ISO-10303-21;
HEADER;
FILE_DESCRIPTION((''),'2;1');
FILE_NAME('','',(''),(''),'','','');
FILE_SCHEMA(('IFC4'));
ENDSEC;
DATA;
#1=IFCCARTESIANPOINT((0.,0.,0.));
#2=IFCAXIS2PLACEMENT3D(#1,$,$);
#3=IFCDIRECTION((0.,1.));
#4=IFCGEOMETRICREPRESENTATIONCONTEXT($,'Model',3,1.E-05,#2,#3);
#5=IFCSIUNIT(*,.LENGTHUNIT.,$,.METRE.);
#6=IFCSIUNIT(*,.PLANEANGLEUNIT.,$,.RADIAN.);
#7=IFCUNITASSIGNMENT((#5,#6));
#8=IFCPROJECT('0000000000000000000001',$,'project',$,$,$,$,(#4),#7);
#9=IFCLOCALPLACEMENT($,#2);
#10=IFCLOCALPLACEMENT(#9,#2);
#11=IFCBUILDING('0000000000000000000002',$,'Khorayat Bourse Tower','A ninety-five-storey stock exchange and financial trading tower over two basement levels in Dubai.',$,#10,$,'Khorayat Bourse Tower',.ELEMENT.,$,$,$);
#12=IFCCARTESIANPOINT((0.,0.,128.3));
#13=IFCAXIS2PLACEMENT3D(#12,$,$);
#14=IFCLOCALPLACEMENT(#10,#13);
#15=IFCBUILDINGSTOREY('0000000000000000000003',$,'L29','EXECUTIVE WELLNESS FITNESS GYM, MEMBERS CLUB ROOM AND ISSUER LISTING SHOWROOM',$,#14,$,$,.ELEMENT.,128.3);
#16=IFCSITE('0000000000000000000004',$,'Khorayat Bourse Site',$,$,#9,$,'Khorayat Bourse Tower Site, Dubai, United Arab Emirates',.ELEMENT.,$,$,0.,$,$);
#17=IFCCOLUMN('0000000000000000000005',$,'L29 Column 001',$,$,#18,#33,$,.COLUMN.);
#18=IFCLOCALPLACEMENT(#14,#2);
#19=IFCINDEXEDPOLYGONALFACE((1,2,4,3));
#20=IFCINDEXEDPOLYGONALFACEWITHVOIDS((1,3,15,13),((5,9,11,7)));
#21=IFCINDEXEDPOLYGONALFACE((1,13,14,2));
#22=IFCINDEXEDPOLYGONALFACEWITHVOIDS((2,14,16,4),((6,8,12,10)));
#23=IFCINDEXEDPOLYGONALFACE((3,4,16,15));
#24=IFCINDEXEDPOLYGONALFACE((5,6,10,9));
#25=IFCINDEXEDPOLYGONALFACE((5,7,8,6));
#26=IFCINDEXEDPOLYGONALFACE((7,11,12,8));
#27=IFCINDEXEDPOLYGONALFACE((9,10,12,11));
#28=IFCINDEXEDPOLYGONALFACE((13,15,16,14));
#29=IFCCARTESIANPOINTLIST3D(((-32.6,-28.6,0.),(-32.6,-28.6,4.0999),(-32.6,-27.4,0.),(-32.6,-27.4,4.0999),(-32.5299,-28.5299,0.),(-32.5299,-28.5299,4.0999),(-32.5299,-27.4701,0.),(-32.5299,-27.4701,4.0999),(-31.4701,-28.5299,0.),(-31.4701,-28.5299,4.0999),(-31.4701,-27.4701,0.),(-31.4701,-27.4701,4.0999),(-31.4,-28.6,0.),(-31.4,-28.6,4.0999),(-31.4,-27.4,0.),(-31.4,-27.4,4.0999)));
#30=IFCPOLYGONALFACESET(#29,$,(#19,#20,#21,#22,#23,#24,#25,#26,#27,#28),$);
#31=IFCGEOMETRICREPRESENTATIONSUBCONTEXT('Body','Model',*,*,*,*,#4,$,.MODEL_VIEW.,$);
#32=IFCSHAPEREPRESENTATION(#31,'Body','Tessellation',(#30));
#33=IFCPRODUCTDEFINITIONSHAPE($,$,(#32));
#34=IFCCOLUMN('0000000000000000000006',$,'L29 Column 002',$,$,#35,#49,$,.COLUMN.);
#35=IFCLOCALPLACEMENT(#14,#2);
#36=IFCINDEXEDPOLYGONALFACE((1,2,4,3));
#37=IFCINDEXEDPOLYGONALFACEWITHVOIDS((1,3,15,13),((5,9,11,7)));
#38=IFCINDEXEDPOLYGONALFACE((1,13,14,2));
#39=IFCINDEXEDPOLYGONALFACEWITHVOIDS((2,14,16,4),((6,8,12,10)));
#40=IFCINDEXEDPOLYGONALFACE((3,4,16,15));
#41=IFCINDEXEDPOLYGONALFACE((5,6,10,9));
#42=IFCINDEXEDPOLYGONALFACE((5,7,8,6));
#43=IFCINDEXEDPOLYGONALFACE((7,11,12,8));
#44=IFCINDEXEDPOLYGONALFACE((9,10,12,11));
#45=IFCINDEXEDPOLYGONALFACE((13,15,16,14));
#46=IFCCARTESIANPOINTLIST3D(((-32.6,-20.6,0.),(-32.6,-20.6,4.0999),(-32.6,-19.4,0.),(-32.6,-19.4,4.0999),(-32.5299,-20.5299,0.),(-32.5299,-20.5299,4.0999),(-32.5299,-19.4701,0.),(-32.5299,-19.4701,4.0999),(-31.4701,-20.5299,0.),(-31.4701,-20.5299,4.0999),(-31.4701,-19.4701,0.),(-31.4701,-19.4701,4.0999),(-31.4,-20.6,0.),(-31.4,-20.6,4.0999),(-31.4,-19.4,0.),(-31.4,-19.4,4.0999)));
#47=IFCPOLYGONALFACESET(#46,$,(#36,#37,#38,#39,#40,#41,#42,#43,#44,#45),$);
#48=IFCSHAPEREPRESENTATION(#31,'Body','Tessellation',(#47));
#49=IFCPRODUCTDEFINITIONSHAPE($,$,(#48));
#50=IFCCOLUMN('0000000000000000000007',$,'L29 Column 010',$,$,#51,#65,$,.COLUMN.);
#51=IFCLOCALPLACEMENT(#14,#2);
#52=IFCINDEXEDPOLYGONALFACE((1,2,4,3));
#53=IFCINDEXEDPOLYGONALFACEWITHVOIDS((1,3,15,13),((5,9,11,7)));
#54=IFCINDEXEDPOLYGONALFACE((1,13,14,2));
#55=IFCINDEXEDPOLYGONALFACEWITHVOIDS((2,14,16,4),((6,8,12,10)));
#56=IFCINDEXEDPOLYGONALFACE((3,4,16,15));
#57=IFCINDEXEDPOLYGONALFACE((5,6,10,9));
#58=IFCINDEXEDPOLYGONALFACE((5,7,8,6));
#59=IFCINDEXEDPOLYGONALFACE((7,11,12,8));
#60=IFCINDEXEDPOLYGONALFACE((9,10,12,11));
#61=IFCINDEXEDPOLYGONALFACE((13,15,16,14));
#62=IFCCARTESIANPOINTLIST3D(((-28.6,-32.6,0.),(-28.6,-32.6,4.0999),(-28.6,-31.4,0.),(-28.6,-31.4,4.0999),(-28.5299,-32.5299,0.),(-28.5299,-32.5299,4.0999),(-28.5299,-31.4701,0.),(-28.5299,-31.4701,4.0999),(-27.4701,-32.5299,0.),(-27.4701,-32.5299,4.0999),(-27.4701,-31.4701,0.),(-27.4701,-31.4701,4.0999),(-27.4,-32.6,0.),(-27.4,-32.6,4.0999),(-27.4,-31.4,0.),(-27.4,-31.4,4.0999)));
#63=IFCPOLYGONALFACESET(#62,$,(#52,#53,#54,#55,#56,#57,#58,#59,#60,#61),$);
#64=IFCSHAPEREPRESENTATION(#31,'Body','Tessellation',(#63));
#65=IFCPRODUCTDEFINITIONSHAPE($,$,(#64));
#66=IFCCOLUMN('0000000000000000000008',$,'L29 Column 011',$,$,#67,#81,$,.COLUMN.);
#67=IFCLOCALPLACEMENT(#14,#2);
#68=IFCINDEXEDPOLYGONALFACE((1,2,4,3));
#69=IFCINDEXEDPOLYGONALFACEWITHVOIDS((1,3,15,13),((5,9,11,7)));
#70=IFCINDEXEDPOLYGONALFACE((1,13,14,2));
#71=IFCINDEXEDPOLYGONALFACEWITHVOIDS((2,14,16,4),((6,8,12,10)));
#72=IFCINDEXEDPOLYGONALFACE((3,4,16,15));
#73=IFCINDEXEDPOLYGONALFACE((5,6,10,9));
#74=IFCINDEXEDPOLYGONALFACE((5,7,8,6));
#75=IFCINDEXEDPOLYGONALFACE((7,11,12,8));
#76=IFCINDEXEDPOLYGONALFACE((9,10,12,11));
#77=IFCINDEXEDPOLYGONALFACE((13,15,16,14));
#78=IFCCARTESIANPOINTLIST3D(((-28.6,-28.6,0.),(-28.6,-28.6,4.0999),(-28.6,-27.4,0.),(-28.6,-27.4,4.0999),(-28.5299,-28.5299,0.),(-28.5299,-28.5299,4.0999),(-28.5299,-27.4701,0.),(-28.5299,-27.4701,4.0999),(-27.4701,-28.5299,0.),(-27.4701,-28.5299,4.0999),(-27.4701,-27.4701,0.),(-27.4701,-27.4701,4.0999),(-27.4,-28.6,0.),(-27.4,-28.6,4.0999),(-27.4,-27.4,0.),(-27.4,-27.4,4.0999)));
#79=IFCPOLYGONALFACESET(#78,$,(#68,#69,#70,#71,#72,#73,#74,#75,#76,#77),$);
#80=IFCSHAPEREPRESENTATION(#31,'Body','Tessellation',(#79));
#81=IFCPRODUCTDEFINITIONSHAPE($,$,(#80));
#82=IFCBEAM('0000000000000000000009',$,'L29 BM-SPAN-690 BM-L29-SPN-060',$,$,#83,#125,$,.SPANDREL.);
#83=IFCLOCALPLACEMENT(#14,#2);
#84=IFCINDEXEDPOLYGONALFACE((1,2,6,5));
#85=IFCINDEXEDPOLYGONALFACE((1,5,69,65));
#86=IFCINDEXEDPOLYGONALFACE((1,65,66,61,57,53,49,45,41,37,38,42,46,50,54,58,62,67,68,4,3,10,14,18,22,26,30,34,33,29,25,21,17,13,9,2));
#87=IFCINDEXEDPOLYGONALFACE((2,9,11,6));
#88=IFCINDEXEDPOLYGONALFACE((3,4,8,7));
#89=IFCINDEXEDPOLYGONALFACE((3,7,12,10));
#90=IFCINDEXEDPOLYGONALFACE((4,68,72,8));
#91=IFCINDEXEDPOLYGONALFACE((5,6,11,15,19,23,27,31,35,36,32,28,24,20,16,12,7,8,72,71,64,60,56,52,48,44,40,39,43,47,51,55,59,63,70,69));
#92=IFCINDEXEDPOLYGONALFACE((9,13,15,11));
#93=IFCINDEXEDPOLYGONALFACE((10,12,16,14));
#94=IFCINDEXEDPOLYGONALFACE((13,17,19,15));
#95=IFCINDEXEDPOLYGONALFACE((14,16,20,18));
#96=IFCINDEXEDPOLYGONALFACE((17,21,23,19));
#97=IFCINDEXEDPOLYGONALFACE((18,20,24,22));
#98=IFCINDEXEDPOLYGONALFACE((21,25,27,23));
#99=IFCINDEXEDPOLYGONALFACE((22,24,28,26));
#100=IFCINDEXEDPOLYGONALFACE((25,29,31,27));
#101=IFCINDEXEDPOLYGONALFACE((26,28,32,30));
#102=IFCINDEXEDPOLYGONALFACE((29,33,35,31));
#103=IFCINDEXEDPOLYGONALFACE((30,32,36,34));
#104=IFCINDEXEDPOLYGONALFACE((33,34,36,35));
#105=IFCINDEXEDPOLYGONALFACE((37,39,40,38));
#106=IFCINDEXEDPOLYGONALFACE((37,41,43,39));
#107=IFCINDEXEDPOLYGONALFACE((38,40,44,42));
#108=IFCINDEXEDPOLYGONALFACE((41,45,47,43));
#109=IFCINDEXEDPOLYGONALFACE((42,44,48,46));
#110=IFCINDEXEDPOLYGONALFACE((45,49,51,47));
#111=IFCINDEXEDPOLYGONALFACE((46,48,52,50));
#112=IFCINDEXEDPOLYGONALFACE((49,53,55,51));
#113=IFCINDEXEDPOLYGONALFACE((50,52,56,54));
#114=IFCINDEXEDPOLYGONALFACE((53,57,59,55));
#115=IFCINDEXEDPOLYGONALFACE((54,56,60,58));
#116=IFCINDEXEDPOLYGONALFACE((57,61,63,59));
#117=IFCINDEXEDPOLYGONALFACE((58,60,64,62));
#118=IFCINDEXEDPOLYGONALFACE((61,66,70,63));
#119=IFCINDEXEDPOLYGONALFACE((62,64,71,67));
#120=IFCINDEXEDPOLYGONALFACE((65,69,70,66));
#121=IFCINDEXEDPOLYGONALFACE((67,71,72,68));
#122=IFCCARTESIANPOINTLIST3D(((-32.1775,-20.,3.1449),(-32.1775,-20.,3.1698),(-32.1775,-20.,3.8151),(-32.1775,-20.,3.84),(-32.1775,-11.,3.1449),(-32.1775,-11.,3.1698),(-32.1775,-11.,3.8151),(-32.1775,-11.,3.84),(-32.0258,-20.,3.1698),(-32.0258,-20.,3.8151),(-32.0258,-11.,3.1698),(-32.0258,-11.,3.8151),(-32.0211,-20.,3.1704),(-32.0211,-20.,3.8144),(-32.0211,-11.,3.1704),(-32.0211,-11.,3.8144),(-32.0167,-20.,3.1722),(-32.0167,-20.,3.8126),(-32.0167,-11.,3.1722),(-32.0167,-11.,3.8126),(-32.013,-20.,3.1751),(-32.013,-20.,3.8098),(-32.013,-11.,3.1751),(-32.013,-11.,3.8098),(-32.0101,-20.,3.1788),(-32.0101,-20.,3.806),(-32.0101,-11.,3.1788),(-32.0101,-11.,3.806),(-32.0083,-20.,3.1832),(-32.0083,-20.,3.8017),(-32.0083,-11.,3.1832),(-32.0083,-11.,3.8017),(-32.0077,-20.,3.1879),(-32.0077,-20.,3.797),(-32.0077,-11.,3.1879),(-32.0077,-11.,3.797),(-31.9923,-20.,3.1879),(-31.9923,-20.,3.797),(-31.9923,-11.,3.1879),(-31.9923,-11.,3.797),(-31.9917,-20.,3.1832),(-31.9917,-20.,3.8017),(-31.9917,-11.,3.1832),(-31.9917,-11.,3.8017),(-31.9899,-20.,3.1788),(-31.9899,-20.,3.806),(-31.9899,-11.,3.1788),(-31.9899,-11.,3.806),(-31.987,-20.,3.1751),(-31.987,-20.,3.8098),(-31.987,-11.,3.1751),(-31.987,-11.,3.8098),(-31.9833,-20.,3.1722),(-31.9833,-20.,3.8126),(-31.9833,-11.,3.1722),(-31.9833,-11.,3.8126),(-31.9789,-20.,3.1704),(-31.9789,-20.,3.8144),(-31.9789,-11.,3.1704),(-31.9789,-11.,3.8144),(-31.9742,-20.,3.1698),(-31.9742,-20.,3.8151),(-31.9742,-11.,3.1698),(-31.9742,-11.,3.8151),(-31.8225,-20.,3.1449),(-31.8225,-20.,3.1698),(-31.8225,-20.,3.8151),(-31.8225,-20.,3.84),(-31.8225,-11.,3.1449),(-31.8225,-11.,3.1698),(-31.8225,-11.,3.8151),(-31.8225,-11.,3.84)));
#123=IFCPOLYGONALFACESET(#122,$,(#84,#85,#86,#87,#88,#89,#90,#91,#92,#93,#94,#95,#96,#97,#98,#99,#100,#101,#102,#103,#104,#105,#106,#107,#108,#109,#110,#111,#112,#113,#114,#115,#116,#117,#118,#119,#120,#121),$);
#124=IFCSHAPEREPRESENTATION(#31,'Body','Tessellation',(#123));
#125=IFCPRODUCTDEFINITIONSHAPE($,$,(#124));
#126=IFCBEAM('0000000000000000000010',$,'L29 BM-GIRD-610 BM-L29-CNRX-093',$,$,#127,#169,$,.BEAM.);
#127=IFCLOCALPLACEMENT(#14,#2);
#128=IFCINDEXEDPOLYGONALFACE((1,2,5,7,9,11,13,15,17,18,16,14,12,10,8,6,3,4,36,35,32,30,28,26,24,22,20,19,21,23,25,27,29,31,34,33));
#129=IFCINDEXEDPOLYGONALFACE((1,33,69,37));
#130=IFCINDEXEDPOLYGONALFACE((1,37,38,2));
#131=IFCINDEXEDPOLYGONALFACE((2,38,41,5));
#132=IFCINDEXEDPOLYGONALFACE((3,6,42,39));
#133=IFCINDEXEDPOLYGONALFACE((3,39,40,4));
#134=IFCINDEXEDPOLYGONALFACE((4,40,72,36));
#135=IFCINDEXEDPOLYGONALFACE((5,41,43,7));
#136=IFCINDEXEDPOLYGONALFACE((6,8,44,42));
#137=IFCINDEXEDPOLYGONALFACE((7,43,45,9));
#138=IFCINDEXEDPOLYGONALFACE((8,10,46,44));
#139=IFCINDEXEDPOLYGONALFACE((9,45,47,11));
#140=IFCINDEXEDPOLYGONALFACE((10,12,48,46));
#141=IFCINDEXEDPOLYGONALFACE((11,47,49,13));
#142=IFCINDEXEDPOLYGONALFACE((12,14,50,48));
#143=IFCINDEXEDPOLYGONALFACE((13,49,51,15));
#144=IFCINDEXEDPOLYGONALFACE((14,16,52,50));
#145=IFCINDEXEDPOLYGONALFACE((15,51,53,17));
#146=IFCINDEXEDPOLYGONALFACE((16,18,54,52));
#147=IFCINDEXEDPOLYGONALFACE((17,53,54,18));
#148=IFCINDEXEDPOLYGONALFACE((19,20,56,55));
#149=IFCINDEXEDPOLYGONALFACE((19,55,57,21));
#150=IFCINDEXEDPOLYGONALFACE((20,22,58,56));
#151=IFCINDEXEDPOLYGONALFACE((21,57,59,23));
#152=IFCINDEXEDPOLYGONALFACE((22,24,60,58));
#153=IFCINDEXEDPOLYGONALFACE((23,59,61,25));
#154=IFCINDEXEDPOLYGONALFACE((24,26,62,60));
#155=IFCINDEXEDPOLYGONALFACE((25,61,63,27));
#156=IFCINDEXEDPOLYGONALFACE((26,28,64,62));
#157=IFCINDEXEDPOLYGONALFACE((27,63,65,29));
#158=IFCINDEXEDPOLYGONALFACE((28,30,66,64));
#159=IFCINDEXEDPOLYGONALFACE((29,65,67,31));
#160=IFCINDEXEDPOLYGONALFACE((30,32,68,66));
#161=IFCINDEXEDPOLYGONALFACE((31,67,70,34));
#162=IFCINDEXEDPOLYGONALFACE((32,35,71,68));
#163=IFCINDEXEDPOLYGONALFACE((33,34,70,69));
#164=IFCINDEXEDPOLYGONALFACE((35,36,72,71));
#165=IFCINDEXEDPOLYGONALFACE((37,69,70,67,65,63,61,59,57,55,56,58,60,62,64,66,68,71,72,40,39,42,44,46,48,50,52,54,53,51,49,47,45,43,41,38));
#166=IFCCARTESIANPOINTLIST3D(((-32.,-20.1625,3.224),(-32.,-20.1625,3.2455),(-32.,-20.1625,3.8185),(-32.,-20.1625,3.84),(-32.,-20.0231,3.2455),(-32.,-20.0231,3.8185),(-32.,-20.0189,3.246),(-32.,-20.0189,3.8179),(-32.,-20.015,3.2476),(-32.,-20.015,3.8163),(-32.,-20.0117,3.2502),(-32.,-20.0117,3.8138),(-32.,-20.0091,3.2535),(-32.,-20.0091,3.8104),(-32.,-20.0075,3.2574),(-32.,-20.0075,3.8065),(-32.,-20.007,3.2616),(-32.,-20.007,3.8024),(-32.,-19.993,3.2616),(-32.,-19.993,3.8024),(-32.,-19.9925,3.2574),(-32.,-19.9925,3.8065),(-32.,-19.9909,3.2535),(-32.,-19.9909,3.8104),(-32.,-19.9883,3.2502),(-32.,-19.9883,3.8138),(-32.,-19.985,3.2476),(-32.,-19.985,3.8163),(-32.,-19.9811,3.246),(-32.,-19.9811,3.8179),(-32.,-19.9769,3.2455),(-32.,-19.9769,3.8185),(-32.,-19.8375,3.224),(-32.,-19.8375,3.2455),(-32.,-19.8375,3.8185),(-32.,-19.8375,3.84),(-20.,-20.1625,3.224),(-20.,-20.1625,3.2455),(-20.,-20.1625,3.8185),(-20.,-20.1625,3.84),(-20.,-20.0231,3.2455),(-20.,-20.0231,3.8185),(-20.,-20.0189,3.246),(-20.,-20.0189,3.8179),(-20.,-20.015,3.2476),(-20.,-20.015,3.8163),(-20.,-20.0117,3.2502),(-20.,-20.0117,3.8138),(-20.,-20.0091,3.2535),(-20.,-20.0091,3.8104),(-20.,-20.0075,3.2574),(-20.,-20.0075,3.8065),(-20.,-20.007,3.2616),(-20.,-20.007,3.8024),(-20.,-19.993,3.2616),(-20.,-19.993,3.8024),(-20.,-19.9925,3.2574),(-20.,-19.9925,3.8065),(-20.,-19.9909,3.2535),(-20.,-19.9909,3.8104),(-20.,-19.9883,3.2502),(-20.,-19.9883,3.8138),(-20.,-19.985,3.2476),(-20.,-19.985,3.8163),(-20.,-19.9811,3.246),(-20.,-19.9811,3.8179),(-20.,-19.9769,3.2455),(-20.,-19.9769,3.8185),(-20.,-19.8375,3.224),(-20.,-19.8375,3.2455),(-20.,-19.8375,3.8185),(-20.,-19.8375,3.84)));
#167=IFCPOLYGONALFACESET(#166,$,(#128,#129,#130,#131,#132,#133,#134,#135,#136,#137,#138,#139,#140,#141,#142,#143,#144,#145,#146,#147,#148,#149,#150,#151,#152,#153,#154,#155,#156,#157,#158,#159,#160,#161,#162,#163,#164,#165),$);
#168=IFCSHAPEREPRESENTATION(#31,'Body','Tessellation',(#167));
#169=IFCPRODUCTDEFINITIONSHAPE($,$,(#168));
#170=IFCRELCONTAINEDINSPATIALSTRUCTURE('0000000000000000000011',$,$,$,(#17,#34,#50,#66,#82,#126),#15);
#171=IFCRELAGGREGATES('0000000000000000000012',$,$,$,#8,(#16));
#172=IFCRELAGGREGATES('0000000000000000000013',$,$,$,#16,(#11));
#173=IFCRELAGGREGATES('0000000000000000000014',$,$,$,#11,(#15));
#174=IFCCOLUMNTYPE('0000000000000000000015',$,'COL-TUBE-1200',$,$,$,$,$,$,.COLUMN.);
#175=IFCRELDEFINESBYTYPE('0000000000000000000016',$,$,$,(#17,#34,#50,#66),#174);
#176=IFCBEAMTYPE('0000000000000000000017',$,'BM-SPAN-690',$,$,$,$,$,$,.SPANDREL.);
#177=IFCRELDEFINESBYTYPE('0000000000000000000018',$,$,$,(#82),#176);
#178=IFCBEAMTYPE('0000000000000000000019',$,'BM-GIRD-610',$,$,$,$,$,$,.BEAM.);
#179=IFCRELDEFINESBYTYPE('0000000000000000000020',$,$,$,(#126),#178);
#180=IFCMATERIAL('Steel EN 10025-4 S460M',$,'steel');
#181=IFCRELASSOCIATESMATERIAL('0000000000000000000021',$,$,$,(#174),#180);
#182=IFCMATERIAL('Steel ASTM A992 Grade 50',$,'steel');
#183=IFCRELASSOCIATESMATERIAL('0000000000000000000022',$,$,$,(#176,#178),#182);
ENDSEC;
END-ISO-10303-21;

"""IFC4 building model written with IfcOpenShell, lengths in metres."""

from ifc_helpers import new_model, si_unit, direction, frame, origin, origin_2d, place, context, subcontext, project, spatial, hollow_rectangle, i_section, extrude, source, transform, mapped, material, material_profile, profile_set, type_object, element, save


model = new_model("IFC4")

# Units and contexts
model_context = context("Model", 3, precision=1e-05, world=origin(), true_north=direction((0.0, 1.0)))
body_context = subcontext(model_context, "Body", "Model", "MODEL_VIEW")
ifc_project = project(units=[si_unit("LENGTHUNIT", "METRE"), si_unit("PLANEANGLEUNIT", "RADIAN")], contexts=[model_context])

# Site, building, storey
site_placement = place(None, origin())
site = spatial("IfcSite", under=ifc_project, at=site_placement, Name="Khorayat Bourse Site", LongName="Khorayat Bourse Tower Site, Dubai, United Arab Emirates", CompositionType="ELEMENT", RefElevation=0.0)
building_placement = place(site_placement, origin())
building = spatial("IfcBuilding", under=site, at=building_placement, Name="Khorayat Bourse Tower", Description="A ninety-five-storey stock exchange and financial trading tower over two basement levels in Dubai.", LongName="Khorayat Bourse Tower", CompositionType="ELEMENT")
storey_placement = place(building_placement, frame((0.0, 0.0, 128.3)))
storey = spatial("IfcBuildingStorey", under=building, at=storey_placement, Name="L29", Description="EXECUTIVE WELLNESS FITNESS GYM, MEMBERS CLUB ROOM AND ISSUER LISTING SHOWROOM", CompositionType="ELEMENT", Elevation=128.3)

# Columns
ifc_material_1 = material(Name="Steel EN 10025-4 S460M", Category="steel")
ifc_material_profile_1 = material_profile(ifc_material_1, hollow_rectangle(XDim=1.2, YDim=1.2, WallThickness=0.0701, at=origin_2d()), Name="BOX 1200x1200x70")
ifc_profile_set_1 = profile_set([ifc_material_profile_1], Name="Steel EN 10025-4 S460M")
column_type = type_object("IfcColumnType", Name="COL-TUBE-1200", PredefinedType="COLUMN", material=ifc_profile_set_1)
shared_shape_1 = source(origin(), body_context, "Body", "SweptSolid", [
    extrude(hollow_rectangle(XDim=1.2, YDim=1.2, WallThickness=0.0701, at=origin_2d()), origin(), (0.0, 0.0, 1.0), 4.0999),
])
for number, where, z_axis, x_axis, name in (
    (1, (-32.0, -28.0, 0.0), (0.0, 0.0, 1.0), (1.0, 0.0, 0.0), "L29 Column 001"),
    (2, (-32.0, -20.0, 0.0), (0.0, 0.0, 1.0), (1.0, 0.0, 0.0), "L29 Column 002"),
    (3, (-28.0, -32.0, 0.0), (0.0, 0.0, 1.0), (1.0, 0.0, 0.0), "L29 Column 010"),
    (4, (-28.0, -28.0, 0.0), (0.0, 0.0, 1.0), (1.0, 0.0, 0.0), "L29 Column 011"),
):
    element("IfcColumn", number, at=place(storey_placement, frame(where, z_axis=z_axis, x_axis=x_axis)), inside=storey, type_object=column_type, Name=name, PredefinedType="COLUMN", context=body_context, shape_type="MappedRepresentation", body=[
        mapped(shared_shape_1, transform((0.0, 0.0, 0.0), scale=1.0)),
    ])

# Beams
ifc_material_2 = material(Name="Steel ASTM A992 Grade 50", Category="steel")
ifc_material_profile_2 = material_profile(ifc_material_2, i_section(OverallWidth=0.355, OverallDepth=0.6951, WebThickness=0.0154, FlangeThickness=0.0249, FilletRadius=0.0181, at=origin_2d()), Name="W690X217")
ifc_profile_set_2 = profile_set([ifc_material_profile_2], Name="Steel ASTM A992 Grade 50")
beam_type_1 = type_object("IfcBeamType", Name="BM-SPAN-690", PredefinedType="SPANDREL", material=ifc_profile_set_2)
shared_shape_2 = source(origin(), body_context, "Body", "SweptSolid", [
    extrude(i_section(OverallWidth=0.355, OverallDepth=0.6951, WebThickness=0.0154, FlangeThickness=0.0249, FilletRadius=0.0181, at=origin_2d()), origin(), (0.0, 0.0, 1.0), 9.0),
])
beam_1_placement = place(storey_placement, frame((-32.0, -20.0, 3.4924), z_axis=(0.0, 1.0, 0.0), x_axis=(-1.0, 0.0, 0.0)))
element("IfcBeam", 5, at=beam_1_placement, inside=storey, type_object=beam_type_1, Name="L29 BM-SPAN-690 BM-L29-SPN-060", PredefinedType="SPANDREL", context=body_context, shape_type="MappedRepresentation", body=[
    mapped(shared_shape_2, transform((0.0, 0.0, 0.0), scale=1.0)),
])
ifc_material_profile_3 = material_profile(ifc_material_2, i_section(OverallWidth=0.325, OverallDepth=0.616, WebThickness=0.0139, FlangeThickness=0.0215, FilletRadius=0.0161, at=origin_2d()), Name="W610X174")
ifc_profile_set_3 = profile_set([ifc_material_profile_3], Name="Steel ASTM A992 Grade 50")
beam_type_2 = type_object("IfcBeamType", Name="BM-GIRD-610", PredefinedType="BEAM", material=ifc_profile_set_3)
shared_shape_3 = source(origin(), body_context, "Body", "SweptSolid", [
    extrude(i_section(OverallWidth=0.325, OverallDepth=0.616, WebThickness=0.0139, FlangeThickness=0.0215, FilletRadius=0.0161, at=origin_2d()), origin(), (0.0, 0.0, 1.0), 12.0),
])
beam_2_placement = place(storey_placement, frame((-32.0, -20.0, 3.532), z_axis=(1.0, 0.0, 0.0), x_axis=(0.0, 1.0, 0.0)))
element("IfcBeam", 6, at=beam_2_placement, inside=storey, type_object=beam_type_2, Name="L29 BM-GIRD-610 BM-L29-CNRX-093", PredefinedType="BEAM", context=body_context, shape_type="MappedRepresentation", body=[
    mapped(shared_shape_3, transform((0.0, 0.0, 0.0), scale=1.0)),
])

save(model, "model.ifc")
